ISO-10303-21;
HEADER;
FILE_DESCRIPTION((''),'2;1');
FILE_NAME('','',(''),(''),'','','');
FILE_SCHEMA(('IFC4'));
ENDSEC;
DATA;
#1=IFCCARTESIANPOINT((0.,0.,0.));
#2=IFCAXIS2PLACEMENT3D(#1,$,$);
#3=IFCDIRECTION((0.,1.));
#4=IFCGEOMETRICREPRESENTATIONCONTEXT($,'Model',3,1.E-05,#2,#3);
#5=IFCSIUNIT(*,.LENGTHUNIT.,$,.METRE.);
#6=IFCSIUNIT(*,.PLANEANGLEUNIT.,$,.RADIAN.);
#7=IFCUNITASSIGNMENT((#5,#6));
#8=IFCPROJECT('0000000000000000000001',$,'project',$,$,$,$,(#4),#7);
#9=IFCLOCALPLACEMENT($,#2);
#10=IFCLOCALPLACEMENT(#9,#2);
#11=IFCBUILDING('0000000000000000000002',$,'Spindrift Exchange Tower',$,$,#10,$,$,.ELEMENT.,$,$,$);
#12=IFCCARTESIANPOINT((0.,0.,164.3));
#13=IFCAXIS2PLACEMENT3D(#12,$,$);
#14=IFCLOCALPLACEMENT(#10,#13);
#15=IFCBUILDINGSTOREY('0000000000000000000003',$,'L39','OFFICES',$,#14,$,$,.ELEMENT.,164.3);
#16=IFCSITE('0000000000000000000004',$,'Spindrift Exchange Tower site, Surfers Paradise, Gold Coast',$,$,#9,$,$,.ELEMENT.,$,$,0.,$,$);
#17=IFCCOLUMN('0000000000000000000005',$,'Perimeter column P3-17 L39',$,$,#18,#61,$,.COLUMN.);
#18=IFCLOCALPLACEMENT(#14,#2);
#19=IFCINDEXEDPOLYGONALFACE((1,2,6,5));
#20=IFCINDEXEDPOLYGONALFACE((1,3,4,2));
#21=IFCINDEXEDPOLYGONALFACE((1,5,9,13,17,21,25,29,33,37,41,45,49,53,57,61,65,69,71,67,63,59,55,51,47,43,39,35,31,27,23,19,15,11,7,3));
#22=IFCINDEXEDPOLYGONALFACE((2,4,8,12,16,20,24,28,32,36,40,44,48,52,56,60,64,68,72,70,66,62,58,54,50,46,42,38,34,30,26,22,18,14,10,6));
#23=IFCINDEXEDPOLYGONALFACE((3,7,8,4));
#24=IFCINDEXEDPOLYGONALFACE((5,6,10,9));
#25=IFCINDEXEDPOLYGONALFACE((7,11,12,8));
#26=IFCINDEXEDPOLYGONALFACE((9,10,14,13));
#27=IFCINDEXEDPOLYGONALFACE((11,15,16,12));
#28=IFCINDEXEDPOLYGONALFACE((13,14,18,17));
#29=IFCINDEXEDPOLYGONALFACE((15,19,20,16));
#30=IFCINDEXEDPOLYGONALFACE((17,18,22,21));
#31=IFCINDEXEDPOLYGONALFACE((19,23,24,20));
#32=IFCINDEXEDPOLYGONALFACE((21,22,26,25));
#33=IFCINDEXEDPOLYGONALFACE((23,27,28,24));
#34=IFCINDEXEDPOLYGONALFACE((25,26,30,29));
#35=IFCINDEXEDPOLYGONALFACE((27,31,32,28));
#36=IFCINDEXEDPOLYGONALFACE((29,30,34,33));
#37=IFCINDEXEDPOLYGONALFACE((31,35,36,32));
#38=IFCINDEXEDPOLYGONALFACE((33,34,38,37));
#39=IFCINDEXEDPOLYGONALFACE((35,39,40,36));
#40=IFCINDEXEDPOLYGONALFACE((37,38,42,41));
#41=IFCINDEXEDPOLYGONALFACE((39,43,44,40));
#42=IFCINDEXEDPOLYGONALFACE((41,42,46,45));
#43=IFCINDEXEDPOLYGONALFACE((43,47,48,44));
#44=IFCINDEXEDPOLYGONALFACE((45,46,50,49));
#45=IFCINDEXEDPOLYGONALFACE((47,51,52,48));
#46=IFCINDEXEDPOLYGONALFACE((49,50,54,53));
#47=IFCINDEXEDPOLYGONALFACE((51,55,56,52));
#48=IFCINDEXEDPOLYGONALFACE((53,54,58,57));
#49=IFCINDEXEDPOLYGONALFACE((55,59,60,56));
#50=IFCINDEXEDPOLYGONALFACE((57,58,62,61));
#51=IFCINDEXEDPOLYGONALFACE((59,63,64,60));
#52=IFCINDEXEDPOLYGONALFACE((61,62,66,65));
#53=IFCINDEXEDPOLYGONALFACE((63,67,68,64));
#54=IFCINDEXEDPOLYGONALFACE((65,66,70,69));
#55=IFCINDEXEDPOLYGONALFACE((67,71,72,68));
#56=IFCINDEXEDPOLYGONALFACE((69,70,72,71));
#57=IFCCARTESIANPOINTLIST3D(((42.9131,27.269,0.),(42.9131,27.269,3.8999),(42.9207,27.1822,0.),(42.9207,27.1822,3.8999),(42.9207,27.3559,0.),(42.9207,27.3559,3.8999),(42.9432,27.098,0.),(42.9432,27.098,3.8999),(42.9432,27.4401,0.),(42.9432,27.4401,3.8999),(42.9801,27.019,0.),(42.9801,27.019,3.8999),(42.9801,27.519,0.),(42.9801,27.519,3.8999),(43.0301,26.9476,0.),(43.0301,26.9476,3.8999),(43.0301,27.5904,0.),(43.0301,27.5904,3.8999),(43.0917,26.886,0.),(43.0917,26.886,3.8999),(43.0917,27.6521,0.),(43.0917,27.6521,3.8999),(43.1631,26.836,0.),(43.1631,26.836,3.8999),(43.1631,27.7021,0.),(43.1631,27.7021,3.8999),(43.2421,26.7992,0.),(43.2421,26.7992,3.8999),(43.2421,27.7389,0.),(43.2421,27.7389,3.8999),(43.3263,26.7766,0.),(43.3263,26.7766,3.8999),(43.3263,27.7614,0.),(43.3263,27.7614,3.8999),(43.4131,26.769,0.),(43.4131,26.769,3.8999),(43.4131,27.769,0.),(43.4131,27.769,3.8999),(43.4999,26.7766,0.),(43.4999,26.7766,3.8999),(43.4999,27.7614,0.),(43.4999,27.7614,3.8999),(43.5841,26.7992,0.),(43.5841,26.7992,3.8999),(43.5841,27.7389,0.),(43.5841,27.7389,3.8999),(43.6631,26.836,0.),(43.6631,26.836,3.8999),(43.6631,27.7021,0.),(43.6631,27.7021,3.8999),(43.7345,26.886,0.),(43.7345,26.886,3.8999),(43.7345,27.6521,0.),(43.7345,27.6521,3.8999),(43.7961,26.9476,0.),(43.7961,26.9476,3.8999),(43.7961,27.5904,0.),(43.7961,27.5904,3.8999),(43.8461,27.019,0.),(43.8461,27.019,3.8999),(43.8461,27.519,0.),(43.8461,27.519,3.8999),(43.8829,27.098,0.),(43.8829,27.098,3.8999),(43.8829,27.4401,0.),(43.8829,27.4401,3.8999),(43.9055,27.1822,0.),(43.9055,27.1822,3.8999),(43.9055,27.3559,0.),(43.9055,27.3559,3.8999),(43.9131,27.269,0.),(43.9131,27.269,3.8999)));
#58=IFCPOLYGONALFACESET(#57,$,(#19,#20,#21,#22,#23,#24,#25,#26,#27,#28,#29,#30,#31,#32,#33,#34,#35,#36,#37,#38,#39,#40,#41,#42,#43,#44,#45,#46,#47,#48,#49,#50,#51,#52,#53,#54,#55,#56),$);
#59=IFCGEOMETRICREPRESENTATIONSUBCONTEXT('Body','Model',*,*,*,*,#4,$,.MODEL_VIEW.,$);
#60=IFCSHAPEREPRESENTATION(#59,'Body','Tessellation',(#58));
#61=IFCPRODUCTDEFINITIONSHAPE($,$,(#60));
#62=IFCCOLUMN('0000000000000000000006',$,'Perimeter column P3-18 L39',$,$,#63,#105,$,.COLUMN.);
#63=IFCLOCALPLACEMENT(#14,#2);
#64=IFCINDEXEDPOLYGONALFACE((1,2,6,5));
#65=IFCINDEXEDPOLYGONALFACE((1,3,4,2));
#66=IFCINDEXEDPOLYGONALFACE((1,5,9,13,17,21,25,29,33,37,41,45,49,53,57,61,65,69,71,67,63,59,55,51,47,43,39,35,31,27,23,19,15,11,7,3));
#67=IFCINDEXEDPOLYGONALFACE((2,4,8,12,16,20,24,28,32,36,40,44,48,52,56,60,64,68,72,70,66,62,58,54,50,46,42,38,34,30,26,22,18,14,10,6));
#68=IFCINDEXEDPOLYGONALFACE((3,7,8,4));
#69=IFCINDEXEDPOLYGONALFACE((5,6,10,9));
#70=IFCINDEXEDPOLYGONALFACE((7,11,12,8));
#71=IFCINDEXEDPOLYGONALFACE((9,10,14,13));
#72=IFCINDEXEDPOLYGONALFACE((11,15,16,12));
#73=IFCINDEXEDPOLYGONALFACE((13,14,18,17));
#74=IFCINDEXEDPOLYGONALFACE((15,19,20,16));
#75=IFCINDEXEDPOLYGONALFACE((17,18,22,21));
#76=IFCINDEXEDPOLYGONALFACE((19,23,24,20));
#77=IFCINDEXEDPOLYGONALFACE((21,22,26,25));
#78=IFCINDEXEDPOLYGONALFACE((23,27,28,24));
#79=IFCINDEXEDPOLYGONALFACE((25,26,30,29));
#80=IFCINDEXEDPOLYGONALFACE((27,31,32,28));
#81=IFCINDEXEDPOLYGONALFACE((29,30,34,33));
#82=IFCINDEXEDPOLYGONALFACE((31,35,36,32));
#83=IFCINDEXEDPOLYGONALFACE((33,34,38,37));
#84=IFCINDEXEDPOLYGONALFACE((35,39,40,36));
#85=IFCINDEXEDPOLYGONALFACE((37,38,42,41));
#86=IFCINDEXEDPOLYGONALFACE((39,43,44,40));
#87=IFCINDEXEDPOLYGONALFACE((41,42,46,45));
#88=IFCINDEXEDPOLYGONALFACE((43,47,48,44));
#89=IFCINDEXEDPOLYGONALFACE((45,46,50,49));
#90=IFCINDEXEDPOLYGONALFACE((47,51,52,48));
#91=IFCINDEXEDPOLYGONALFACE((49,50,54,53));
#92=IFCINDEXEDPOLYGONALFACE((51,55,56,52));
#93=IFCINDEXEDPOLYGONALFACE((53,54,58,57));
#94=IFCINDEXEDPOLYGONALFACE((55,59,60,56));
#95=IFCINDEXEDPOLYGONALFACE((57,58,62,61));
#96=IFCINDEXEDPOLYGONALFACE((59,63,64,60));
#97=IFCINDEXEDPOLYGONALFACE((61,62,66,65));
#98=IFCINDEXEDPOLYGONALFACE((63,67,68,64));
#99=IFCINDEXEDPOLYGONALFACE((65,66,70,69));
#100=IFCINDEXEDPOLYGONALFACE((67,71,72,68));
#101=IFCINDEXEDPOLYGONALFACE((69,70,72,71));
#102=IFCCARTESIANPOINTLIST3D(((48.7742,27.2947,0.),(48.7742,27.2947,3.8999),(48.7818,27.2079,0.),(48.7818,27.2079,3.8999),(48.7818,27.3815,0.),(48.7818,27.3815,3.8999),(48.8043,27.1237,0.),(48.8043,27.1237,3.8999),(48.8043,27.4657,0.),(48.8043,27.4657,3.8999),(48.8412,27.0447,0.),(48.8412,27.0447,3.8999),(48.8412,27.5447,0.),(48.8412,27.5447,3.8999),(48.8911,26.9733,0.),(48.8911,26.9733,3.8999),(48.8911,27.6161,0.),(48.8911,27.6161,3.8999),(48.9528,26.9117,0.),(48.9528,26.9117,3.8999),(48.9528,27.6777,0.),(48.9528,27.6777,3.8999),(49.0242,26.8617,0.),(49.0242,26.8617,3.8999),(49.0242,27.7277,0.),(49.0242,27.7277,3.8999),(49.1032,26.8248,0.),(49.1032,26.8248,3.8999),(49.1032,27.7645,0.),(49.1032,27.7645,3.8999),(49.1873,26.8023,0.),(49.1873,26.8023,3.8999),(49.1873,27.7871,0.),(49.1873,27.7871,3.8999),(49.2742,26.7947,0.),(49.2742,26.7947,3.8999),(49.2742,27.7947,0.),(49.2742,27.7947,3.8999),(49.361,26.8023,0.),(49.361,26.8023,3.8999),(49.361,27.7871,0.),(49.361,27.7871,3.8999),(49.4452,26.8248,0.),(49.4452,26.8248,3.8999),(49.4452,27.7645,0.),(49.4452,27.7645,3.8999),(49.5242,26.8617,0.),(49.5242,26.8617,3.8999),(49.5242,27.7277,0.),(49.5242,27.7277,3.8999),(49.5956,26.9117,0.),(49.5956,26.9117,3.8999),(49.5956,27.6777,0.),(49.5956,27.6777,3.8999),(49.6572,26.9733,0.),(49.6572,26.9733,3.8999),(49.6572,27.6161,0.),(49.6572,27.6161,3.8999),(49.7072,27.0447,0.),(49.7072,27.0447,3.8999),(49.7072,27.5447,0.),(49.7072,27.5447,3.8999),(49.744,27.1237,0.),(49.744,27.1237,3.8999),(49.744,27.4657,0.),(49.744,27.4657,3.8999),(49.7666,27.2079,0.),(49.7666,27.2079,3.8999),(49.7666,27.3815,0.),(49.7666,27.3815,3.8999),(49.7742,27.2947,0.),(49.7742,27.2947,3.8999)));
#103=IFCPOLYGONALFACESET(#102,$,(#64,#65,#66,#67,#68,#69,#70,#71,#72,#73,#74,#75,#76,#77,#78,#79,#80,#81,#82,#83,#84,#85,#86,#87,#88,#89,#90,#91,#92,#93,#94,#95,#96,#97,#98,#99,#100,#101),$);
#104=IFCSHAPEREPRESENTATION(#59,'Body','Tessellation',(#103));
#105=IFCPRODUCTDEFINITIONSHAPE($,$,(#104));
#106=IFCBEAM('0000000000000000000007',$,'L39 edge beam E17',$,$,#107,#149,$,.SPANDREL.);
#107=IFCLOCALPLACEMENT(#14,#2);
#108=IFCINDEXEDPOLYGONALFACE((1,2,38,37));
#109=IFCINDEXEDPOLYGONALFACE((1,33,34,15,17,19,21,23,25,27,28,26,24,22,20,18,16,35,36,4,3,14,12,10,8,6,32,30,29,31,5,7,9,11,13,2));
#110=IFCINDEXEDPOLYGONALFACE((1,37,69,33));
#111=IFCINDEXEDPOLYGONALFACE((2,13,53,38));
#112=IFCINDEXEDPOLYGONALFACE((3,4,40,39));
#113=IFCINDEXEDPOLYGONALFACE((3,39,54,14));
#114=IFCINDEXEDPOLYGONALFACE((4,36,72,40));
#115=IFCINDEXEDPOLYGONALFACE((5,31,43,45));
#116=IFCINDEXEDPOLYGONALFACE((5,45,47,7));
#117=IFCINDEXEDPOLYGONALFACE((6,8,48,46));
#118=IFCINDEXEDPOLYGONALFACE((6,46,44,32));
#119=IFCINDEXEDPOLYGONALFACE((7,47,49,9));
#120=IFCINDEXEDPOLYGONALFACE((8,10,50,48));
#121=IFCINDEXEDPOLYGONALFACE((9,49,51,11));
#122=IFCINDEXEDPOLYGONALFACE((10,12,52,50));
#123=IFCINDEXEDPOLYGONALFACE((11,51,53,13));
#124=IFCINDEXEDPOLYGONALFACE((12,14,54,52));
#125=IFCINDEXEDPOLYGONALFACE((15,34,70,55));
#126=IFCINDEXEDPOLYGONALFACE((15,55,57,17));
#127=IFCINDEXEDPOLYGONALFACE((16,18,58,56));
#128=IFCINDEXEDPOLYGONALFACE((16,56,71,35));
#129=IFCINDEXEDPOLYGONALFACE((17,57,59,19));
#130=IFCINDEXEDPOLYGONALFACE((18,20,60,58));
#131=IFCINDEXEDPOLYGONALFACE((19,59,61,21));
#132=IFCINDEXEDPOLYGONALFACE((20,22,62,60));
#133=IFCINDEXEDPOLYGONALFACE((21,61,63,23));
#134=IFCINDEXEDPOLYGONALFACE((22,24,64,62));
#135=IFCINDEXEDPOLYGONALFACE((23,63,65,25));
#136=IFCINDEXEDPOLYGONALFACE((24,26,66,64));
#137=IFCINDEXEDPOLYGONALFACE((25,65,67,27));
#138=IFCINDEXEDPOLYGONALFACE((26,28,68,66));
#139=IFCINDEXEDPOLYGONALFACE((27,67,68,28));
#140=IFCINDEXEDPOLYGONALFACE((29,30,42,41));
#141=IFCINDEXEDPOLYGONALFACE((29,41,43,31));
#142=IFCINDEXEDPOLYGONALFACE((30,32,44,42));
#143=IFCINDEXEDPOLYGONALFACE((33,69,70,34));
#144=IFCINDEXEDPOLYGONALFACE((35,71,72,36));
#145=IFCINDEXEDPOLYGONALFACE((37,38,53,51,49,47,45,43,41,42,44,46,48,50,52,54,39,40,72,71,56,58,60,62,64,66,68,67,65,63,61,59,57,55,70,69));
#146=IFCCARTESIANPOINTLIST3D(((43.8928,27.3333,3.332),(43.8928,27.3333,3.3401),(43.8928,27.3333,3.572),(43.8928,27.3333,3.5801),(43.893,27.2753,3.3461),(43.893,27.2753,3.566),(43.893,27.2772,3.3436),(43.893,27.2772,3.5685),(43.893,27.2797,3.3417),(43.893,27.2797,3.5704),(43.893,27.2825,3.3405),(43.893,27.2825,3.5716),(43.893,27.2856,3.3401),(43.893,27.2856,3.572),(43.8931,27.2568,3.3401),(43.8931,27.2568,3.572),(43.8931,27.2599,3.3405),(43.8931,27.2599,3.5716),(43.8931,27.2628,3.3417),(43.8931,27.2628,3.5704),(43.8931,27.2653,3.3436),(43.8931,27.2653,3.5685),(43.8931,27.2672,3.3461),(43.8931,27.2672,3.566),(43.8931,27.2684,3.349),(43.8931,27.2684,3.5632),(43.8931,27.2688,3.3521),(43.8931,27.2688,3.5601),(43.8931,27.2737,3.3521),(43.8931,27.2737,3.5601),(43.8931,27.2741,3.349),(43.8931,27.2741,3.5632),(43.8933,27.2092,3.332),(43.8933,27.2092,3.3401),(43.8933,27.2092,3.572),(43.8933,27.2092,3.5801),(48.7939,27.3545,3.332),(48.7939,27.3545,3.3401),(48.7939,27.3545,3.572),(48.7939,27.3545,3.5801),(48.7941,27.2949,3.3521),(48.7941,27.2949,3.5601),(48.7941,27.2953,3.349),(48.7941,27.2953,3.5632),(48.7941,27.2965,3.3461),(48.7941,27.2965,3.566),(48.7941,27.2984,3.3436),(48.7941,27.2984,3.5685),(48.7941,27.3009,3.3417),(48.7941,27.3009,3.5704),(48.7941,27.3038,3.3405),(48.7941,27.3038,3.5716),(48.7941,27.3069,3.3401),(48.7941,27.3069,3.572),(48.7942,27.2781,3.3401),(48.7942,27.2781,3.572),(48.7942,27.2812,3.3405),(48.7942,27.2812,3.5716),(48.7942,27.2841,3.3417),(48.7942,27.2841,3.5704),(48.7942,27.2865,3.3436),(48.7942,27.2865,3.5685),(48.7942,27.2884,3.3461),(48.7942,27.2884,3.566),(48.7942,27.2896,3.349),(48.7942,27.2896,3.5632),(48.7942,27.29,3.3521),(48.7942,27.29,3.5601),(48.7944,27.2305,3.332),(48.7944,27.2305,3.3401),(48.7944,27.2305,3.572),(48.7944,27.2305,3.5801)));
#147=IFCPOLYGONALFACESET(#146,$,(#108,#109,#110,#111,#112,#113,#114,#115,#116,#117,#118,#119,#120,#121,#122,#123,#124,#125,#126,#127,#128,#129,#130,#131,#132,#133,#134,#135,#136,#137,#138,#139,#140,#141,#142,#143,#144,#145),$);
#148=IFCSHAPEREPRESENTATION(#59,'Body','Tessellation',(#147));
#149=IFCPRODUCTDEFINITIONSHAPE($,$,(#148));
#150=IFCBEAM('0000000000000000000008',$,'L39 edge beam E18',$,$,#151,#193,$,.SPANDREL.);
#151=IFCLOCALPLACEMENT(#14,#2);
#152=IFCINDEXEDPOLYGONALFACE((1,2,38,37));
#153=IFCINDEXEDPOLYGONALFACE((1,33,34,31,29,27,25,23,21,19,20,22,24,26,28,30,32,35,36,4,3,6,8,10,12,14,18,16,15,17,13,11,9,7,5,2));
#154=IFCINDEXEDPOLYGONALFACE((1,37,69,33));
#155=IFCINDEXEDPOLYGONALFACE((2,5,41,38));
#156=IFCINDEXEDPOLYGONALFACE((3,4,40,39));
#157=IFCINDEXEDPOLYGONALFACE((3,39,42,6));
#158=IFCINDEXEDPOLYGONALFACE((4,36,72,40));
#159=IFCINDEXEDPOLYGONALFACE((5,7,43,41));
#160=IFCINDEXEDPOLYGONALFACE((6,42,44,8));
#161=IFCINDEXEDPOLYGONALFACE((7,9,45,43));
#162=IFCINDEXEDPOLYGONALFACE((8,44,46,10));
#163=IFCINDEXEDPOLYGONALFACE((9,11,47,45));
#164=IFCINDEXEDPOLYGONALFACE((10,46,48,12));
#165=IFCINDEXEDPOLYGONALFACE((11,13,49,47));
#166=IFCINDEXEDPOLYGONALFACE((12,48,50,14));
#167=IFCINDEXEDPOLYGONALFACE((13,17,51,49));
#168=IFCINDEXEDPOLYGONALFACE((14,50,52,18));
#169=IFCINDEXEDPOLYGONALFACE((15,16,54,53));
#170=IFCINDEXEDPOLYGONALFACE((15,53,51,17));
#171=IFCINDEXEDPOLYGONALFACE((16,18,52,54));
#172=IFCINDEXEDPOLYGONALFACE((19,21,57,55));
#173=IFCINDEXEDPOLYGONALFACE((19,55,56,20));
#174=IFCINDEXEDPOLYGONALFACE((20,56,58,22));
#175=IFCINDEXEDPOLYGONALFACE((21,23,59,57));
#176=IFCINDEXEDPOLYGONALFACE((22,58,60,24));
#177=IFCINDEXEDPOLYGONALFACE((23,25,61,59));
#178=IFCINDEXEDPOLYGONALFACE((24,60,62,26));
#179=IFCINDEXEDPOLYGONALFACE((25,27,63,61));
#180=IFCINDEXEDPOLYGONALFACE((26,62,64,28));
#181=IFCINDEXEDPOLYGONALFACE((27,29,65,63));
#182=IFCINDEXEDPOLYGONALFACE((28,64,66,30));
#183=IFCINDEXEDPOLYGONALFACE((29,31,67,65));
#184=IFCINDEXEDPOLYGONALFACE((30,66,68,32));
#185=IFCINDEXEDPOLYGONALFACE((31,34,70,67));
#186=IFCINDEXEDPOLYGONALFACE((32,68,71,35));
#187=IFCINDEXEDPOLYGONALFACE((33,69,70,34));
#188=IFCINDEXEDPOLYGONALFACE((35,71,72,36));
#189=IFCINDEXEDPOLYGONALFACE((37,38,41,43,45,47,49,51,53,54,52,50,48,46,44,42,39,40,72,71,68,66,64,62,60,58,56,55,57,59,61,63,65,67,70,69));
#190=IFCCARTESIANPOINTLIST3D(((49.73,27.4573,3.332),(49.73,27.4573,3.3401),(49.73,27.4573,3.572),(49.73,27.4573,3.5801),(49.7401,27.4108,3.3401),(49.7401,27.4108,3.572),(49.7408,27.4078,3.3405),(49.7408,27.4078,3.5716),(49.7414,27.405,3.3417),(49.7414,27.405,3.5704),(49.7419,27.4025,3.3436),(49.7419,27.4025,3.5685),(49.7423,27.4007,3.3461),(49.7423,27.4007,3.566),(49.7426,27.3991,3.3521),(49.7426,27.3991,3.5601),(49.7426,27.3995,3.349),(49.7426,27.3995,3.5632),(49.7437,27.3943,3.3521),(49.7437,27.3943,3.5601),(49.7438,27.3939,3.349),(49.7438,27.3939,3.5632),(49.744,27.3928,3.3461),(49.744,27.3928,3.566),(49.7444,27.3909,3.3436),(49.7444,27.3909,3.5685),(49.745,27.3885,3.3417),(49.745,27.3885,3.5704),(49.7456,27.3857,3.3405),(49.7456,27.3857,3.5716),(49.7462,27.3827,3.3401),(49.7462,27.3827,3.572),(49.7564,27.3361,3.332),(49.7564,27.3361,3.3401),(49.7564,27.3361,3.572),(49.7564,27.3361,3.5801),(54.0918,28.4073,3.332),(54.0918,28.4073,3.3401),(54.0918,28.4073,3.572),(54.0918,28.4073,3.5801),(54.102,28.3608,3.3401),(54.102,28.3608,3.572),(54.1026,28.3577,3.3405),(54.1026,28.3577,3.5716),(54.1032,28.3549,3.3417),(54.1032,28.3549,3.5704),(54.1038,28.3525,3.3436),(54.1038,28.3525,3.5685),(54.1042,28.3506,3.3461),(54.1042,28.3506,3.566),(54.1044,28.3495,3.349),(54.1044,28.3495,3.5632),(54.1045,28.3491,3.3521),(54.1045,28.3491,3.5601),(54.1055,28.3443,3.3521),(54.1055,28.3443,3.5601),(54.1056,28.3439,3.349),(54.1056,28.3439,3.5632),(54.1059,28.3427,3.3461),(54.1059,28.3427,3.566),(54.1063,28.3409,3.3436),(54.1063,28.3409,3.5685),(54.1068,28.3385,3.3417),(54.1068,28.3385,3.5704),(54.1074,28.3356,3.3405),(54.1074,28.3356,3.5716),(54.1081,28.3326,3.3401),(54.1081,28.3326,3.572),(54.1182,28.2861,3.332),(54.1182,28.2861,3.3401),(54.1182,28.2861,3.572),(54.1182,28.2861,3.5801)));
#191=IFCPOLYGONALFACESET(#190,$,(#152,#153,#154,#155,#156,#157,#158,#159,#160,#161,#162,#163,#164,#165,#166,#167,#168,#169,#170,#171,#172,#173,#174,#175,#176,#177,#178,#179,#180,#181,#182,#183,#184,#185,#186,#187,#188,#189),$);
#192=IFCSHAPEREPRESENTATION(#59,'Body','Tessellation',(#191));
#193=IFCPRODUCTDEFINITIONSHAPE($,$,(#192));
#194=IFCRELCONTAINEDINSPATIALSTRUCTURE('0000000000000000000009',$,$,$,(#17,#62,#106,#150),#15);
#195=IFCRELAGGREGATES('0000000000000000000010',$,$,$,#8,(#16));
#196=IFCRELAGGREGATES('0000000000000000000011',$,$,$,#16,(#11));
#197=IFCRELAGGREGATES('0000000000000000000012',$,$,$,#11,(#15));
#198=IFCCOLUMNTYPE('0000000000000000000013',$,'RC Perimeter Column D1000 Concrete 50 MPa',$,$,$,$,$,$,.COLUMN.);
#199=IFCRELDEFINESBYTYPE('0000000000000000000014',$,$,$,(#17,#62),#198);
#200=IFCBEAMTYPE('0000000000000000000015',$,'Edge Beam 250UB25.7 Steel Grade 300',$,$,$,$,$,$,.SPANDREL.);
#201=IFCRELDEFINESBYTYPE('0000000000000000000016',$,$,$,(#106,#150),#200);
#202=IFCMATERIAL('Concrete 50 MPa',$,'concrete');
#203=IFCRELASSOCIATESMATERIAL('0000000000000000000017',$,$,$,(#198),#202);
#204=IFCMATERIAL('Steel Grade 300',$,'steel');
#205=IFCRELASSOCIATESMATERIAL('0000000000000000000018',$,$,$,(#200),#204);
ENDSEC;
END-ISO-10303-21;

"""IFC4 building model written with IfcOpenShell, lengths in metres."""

from ifc_helpers import new_model, si_unit, direction, frame, origin, origin_2d, place, context, subcontext, project, spatial, circle, i_section, extrude, source, transform, mapped, material, material_profile, profile_set, type_object, element, save


model = new_model("IFC4")

# Units and contexts
model_context = context("Model", 3, precision=1e-05, world=origin(), true_north=direction((0.0, 1.0)))
body_context = subcontext(model_context, "Body", "Model", "MODEL_VIEW")
ifc_project = project(units=[si_unit("LENGTHUNIT", "METRE"), si_unit("PLANEANGLEUNIT", "RADIAN")], contexts=[model_context])

# Site, building, storey
site_placement = place(None, origin())
site = spatial("IfcSite", under=ifc_project, at=site_placement, Name="Spindrift Exchange Tower site, Surfers Paradise, Gold Coast", CompositionType="ELEMENT", RefElevation=0.0)
building_placement = place(site_placement, origin())
building = spatial("IfcBuilding", under=site, at=building_placement, Name="Spindrift Exchange Tower", CompositionType="ELEMENT")
storey_placement = place(building_placement, frame((0.0, 0.0, 164.3)))
storey = spatial("IfcBuildingStorey", under=building, at=storey_placement, Name="L39", Description="OFFICES", CompositionType="ELEMENT", Elevation=164.3)

# Columns
ifc_material_1 = material(Name="Concrete 50 MPa", Category="concrete")
ifc_material_profile_1 = material_profile(ifc_material_1, circle(Radius=0.5, at=origin_2d()), Name="RC D1000")
ifc_profile_set_1 = profile_set([ifc_material_profile_1], Name="Concrete 50 MPa")
column_type = type_object("IfcColumnType", Name="RC Perimeter Column D1000 Concrete 50 MPa", PredefinedType="COLUMN", material=ifc_profile_set_1)
shared_shape_1 = source(origin(), body_context, "Body", "SweptSolid", [
    extrude(circle(Radius=0.5, at=origin_2d()), origin(), (0.0, 0.0, 1.0), 3.8999),
])
for number, where, z_axis, x_axis, name in (
    (1, (43.4131, 27.269, 0.0), (0.0, 0.0, 1.0), (1.0, 0.0, 0.0), "Perimeter column P3-17 L39"),
    (2, (49.2742, 27.2947, 0.0), (0.0, 0.0, 1.0), (1.0, 0.0, 0.0), "Perimeter column P3-18 L39"),
):
    element("IfcColumn", number, at=place(storey_placement, frame(where, z_axis=z_axis, x_axis=x_axis)), inside=storey, type_object=column_type, Name=name, PredefinedType="COLUMN", context=body_context, shape_type="MappedRepresentation", body=[
        mapped(shared_shape_1, transform((0.0, 0.0, 0.0), scale=1.0)),
    ])

# Beams
ifc_material_2 = material(Name="Steel Grade 300", Category="steel")
ifc_material_profile_2 = material_profile(ifc_material_2, i_section(OverallWidth=0.124, OverallDepth=0.248, WebThickness=0.0049, FlangeThickness=0.0081, FilletRadius=0.012, at=origin_2d()), Name="250UB25.7")
ifc_profile_set_2 = profile_set([ifc_material_profile_2], Name="Steel Grade 300")
beam_type_1 = type_object("IfcBeamType", Name="Edge Beam 250UB25.7 Steel Grade 300", PredefinedType="SPANDREL", material=ifc_profile_set_2)
shared_shape_2 = source(origin(), body_context, "Body", "SweptSolid", [
    extrude(i_section(OverallWidth=0.124, OverallDepth=0.248, WebThickness=0.0049, FlangeThickness=0.0081, FilletRadius=0.012, at=origin_2d()), origin(), (0.0, 0.0, 1.0), 4.9011),
])
beam_1_placement = place(storey_placement, frame((43.8931, 27.2712, 3.4561), z_axis=(0.999991, 0.004334, 0.0), x_axis=(-0.004334, 0.999991, 0.0)))
element("IfcBeam", 3, at=beam_1_placement, inside=storey, type_object=beam_type_1, Name="L39 edge beam E17", PredefinedType="SPANDREL", context=body_context, shape_type="MappedRepresentation", body=[
    mapped(shared_shape_2, transform((0.0, 0.0, 0.0), scale=1.0)),
])
shared_shape_3 = source(origin(), body_context, "Body", "SweptSolid", [
    extrude(i_section(OverallWidth=0.124, OverallDepth=0.248, WebThickness=0.0049, FlangeThickness=0.0081, FilletRadius=0.012, at=origin_2d()), origin(), (0.0, 0.0, 1.0), 4.4641),
])
beam_2_placement = place(storey_placement, frame((49.7432, 27.3967, 3.4561), z_axis=(0.977096, 0.2128, 0.0), x_axis=(-0.2128, 0.977096, 0.0)))
element("IfcBeam", 4, at=beam_2_placement, inside=storey, type_object=beam_type_1, Name="L39 edge beam E18", PredefinedType="SPANDREL", context=body_context, shape_type="MappedRepresentation", body=[
    mapped(shared_shape_3, transform((0.0, 0.0, 0.0), scale=1.0)),
])

save(model, "model.ifc")
